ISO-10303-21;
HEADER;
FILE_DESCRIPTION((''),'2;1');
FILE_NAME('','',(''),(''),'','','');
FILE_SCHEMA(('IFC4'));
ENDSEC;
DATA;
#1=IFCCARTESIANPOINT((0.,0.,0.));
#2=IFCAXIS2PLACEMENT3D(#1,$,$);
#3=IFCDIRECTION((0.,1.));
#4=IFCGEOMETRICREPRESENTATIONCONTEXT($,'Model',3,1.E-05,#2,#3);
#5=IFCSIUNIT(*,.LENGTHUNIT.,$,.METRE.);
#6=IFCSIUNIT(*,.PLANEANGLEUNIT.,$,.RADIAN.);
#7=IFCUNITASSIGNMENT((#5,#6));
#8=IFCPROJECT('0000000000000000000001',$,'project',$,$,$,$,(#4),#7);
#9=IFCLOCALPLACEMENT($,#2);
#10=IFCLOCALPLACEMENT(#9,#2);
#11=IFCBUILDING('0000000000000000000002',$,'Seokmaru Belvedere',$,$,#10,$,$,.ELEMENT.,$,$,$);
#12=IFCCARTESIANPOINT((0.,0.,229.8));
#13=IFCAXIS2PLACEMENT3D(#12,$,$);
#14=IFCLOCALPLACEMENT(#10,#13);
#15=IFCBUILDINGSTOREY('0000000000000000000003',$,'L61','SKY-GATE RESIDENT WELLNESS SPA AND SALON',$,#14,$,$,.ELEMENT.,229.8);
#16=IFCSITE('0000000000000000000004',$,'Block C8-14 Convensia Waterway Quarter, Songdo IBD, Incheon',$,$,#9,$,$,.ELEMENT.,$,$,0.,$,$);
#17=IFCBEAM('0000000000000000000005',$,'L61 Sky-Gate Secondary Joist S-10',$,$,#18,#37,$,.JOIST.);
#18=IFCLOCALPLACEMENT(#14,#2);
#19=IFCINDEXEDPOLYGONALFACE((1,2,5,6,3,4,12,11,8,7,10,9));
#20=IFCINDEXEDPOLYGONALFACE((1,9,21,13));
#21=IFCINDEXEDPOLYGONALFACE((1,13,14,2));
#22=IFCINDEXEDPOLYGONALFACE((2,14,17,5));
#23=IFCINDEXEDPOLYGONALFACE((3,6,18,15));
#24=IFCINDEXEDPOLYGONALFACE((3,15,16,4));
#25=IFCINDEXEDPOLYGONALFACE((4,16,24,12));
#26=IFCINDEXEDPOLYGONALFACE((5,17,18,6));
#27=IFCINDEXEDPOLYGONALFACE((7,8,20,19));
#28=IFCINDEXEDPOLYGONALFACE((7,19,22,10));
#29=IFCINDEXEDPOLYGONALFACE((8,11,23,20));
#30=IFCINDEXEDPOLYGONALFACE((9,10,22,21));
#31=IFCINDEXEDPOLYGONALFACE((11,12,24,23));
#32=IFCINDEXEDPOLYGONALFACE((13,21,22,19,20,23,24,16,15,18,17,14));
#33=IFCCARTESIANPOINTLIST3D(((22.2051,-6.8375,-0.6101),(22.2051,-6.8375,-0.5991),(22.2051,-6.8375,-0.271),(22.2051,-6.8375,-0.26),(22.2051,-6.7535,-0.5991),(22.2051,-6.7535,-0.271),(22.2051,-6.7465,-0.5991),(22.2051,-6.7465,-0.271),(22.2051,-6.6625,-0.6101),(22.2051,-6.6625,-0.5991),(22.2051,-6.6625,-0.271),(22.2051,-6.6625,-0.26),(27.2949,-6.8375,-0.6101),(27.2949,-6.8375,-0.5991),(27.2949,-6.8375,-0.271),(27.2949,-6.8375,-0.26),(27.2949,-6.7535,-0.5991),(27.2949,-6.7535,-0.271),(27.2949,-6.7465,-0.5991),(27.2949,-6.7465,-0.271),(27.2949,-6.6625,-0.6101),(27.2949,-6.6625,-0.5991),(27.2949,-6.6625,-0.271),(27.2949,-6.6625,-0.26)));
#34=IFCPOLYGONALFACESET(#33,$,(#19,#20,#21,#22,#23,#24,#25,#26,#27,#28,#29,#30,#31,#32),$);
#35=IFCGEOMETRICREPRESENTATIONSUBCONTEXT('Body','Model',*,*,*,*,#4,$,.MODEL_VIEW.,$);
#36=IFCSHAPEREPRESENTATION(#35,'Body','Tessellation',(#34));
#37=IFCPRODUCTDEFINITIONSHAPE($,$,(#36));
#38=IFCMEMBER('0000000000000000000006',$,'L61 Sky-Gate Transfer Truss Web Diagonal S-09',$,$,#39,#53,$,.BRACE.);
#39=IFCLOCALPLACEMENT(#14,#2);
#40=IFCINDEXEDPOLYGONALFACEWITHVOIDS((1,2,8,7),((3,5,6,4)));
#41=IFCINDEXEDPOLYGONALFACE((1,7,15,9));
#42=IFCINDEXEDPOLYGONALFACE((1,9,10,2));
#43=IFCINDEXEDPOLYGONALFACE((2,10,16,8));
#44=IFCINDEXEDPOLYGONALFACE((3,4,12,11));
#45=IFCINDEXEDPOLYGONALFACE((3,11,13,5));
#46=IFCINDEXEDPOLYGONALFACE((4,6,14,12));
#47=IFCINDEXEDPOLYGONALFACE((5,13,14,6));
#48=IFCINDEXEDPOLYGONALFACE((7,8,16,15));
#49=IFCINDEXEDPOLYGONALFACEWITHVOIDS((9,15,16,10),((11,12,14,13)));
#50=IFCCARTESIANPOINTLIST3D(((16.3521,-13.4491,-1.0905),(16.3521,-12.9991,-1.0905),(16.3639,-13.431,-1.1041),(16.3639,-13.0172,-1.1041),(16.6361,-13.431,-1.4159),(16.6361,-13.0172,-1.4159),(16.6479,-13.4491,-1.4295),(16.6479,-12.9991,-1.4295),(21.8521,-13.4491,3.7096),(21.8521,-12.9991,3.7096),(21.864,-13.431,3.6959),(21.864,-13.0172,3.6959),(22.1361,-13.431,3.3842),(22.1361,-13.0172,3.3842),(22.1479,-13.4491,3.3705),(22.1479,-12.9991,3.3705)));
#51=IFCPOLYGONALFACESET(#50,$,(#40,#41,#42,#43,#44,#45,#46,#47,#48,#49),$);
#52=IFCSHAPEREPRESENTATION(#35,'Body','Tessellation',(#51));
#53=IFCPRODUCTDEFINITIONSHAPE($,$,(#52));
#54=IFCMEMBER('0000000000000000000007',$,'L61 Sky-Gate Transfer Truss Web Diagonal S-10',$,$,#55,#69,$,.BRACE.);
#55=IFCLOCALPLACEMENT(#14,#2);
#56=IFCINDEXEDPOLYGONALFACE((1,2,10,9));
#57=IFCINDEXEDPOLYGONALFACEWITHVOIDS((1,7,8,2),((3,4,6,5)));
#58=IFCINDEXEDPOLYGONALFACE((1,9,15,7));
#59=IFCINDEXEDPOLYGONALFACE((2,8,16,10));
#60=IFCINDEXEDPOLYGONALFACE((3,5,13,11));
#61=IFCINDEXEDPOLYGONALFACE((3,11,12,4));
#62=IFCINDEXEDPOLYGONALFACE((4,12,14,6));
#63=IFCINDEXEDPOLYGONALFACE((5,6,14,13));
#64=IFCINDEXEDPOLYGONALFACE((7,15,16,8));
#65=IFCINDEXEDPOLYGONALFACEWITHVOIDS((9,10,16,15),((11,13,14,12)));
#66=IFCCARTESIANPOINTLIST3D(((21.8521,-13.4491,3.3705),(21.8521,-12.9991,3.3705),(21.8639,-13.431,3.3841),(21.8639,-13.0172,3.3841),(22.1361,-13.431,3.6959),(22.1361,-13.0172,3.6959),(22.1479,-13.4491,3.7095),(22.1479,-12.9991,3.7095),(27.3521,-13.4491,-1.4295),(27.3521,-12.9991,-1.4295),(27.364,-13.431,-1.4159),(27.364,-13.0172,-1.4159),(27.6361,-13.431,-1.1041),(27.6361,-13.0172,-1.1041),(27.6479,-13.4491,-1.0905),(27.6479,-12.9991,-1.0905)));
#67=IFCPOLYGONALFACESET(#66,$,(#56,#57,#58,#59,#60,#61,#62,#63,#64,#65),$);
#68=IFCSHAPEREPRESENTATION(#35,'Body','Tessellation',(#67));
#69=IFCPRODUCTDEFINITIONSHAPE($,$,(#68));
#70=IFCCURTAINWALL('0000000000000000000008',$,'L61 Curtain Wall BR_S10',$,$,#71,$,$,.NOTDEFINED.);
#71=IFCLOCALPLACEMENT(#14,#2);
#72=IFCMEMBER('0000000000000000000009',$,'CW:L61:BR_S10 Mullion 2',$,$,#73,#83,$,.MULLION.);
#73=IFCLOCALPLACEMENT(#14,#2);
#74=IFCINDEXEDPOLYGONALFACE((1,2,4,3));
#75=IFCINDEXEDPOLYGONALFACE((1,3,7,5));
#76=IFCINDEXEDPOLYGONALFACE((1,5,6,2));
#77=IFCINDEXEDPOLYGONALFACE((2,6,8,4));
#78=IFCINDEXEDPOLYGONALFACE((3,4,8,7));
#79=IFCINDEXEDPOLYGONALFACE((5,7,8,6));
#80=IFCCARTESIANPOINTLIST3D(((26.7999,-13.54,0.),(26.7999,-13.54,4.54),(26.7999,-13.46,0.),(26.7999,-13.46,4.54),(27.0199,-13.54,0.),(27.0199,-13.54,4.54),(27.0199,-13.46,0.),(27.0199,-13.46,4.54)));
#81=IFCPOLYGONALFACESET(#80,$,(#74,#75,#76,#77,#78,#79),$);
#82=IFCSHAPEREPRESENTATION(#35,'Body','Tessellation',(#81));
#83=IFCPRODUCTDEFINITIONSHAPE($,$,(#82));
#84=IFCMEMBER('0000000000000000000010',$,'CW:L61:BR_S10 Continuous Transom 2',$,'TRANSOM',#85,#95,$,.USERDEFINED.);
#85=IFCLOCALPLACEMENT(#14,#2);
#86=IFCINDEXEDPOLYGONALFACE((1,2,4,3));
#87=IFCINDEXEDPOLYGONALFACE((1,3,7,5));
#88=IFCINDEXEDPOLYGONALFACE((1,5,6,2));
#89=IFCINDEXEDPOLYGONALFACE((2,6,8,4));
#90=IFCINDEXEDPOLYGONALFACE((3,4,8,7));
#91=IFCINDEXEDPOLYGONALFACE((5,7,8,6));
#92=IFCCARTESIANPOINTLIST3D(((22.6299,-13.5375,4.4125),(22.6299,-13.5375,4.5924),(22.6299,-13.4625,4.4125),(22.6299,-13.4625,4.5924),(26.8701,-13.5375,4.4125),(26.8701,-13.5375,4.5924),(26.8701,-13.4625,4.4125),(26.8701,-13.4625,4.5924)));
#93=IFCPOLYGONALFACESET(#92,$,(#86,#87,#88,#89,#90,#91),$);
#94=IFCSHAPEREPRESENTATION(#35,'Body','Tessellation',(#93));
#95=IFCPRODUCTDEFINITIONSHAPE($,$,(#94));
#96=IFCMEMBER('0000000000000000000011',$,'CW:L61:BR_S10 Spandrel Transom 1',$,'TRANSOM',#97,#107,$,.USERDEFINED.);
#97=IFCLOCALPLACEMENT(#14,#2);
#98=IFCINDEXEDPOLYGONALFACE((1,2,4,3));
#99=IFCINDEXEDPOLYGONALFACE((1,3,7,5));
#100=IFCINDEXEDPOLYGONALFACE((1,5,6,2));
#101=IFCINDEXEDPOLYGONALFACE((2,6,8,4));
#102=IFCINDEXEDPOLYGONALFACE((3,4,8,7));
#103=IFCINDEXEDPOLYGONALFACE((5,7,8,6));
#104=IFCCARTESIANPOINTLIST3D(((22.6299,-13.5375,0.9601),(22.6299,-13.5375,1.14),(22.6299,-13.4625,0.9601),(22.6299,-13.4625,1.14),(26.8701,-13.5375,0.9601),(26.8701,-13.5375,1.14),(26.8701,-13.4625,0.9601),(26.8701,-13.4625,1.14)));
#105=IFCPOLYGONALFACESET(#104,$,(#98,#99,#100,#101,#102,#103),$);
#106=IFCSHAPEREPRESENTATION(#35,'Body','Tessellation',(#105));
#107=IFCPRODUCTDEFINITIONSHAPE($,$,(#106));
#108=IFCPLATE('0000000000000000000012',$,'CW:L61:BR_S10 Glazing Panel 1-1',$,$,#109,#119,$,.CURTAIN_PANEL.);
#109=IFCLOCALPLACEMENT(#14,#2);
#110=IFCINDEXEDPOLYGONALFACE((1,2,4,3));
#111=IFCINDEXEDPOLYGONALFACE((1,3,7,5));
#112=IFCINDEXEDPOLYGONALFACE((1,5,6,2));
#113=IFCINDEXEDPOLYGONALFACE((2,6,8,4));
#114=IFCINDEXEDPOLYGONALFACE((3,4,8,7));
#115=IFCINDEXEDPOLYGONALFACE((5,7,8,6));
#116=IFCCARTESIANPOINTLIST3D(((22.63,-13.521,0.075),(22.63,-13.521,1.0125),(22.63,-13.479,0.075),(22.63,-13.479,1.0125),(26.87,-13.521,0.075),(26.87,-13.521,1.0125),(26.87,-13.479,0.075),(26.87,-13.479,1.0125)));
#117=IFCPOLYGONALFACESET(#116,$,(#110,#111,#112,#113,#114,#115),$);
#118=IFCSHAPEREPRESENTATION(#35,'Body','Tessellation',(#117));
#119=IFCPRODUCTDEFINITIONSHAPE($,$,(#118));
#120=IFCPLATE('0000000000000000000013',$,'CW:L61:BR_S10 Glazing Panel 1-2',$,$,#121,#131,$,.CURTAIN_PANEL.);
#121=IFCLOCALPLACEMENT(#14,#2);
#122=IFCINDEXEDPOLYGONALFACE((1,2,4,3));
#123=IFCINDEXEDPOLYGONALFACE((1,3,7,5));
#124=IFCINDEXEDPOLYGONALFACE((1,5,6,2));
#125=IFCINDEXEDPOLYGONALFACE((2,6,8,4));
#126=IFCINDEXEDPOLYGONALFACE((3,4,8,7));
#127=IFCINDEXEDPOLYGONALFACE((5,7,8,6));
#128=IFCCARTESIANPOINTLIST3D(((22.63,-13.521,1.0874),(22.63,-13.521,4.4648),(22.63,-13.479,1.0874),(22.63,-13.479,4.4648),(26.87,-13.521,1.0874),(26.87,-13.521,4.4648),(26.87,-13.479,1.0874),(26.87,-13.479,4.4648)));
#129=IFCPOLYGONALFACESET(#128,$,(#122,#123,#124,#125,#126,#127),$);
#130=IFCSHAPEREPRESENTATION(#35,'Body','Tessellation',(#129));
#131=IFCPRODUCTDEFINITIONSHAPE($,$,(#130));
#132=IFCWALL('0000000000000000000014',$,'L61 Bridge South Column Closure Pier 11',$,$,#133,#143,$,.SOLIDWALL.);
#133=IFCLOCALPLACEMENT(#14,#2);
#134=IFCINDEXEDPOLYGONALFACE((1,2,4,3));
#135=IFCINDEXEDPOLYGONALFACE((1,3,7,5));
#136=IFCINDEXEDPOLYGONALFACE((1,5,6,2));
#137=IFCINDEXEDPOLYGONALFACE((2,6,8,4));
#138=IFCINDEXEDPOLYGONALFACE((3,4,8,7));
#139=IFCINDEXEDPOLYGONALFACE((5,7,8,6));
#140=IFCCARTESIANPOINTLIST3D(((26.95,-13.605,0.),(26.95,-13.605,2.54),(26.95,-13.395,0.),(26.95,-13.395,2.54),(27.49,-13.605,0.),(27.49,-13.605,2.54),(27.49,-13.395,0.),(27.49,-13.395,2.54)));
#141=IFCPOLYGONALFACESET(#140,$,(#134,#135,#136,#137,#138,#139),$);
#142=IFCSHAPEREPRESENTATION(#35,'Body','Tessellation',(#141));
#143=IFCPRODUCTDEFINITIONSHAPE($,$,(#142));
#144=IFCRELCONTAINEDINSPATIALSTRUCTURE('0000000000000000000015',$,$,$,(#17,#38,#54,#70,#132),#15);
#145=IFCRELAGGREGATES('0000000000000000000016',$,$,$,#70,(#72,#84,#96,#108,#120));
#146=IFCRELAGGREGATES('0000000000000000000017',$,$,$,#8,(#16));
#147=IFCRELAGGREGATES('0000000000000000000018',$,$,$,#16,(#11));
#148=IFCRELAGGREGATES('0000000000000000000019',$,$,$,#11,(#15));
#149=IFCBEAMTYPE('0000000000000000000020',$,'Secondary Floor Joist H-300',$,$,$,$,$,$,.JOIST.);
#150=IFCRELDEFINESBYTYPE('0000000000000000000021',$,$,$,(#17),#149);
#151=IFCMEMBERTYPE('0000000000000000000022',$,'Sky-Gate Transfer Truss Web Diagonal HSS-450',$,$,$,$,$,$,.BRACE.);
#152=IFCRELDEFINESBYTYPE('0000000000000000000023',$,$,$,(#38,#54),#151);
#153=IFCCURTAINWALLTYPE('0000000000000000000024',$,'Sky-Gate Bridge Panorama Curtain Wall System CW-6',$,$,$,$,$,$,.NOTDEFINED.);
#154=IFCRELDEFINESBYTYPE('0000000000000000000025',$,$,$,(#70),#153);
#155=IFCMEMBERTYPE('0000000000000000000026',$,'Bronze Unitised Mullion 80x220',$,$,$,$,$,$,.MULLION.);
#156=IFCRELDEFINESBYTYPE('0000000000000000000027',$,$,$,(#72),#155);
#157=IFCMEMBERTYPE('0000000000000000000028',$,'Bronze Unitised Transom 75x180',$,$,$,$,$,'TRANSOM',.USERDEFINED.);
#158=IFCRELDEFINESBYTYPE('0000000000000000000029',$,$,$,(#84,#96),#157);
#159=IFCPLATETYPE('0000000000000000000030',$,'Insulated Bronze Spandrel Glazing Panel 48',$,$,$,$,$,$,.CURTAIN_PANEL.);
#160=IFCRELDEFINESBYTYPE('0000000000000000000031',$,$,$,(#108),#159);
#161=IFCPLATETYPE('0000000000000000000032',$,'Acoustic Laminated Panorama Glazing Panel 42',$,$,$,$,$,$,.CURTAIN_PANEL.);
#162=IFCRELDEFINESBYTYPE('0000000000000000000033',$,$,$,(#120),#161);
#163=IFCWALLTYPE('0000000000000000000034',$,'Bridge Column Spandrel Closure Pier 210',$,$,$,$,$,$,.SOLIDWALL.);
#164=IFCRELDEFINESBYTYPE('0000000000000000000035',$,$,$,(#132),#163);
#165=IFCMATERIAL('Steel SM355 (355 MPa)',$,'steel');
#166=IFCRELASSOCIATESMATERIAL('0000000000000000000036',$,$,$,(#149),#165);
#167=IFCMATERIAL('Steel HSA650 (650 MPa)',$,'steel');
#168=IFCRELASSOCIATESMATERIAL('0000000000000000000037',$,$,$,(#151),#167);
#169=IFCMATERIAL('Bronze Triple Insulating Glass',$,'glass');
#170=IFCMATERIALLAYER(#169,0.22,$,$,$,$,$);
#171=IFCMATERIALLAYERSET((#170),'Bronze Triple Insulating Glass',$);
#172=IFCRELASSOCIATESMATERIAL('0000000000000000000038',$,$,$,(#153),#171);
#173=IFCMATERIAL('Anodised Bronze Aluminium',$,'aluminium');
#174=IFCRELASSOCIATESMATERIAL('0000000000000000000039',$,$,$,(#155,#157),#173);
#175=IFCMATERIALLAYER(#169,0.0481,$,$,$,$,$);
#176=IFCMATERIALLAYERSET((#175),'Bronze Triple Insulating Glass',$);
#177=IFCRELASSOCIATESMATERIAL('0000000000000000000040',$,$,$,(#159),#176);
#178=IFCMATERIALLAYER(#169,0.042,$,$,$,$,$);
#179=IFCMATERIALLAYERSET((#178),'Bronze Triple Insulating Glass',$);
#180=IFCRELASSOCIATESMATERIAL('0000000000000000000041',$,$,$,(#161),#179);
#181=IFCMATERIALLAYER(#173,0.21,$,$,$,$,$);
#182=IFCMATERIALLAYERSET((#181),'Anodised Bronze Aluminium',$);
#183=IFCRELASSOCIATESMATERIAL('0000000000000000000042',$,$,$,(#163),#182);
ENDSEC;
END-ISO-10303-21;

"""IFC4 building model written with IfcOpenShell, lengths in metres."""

from ifc_helpers import new_model, si_unit, direction, frame, frame_2d, origin, origin_2d, place, context, subcontext, project, spatial, rectangle, hollow_rectangle, i_section, extrude, source, transform, mapped, material, layer, layer_set, material_profile, profile_set, type_object, type_shapes, element, aggregate, save


model = new_model("IFC4")

# Units and contexts
model_context = context("Model", 3, precision=1e-05, world=origin(), true_north=direction((0.0, 1.0)))
body_context = subcontext(model_context, "Body", "Model", "MODEL_VIEW")
ifc_project = project(units=[si_unit("LENGTHUNIT", "METRE"), si_unit("PLANEANGLEUNIT", "RADIAN")], contexts=[model_context])

# Site, building, storey
site_placement = place(None, origin())
site = spatial("IfcSite", under=ifc_project, at=site_placement, Name="Block C8-14 Convensia Waterway Quarter, Songdo IBD, Incheon", CompositionType="ELEMENT", RefElevation=0.0)
building_placement = place(site_placement, origin())
building = spatial("IfcBuilding", under=site, at=building_placement, Name="Seokmaru Belvedere", CompositionType="ELEMENT")
storey_placement = place(building_placement, frame((0.0, 0.0, 229.8)))
storey = spatial("IfcBuildingStorey", under=building, at=storey_placement, Name="L61", Description="SKY-GATE RESIDENT WELLNESS SPA AND SALON", CompositionType="ELEMENT", Elevation=229.8)

# Shared definitions
ifc_material_1 = material(Name="Steel SM355 (355 MPa)", Category="steel")

# Beam
ifc_material_2 = material(Name="Steel HSA650 (650 MPa)", Category="steel")
ifc_material_profile_1 = material_profile(ifc_material_1, i_section(OverallWidth=0.175, OverallDepth=0.3501, WebThickness=0.0071, FlangeThickness=0.011, at=origin_2d()), Name="H-350x175x7x11")
ifc_profile_set_1 = profile_set([ifc_material_profile_1], Name="Steel SM355 (355 MPa)")
beam_type_1 = type_object("IfcBeamType", Name="Secondary Floor Joist H-300", PredefinedType="JOIST", material=ifc_profile_set_1)
shared_shape_1 = source(origin(), body_context, "Body", "SweptSolid", [
    extrude(i_section(OverallWidth=0.175, OverallDepth=0.3501, WebThickness=0.0071, FlangeThickness=0.011, at=origin_2d()), origin(), (0.0, 0.0, 1.0), 5.0898),
])
type_shapes(beam_type_1, [shared_shape_1])
for number, where, z_axis, x_axis, name in (
    (1, (22.2051, -6.75, -0.4351), (1.0, 0.0, 0.0), (0.0, 1.0, 0.0), "L61 Sky-Gate Secondary Joist S-10"),
):
    element("IfcBeam", number, at=place(storey_placement, frame(where, z_axis=z_axis, x_axis=x_axis)), inside=storey, type_object=beam_type_1, Name=name, PredefinedType="JOIST", context=body_context, shape_type="MappedRepresentation", body=[
        mapped(shared_shape_1, transform((0.0, 0.0, 0.0), scale=1.0)),
    ])

# Members
ifc_material_profile_2 = material_profile(ifc_material_2, hollow_rectangle(XDim=0.45, YDim=0.45, WallThickness=0.0181, at=origin_2d()), Name="HSS-450x450x18")
ifc_profile_set_2 = profile_set([ifc_material_profile_2], Name="Steel HSA650 (650 MPa)")
member_type_1 = type_object("IfcMemberType", Name="Sky-Gate Transfer Truss Web Diagonal HSS-450", PredefinedType="BRACE", material=ifc_profile_set_2)
shared_shape_2 = source(origin(), body_context, "Body", "SweptSolid", [
    extrude(hollow_rectangle(XDim=0.45, YDim=0.45, WallThickness=0.0181, at=origin_2d()), origin(), (0.0, 0.0, 1.0), 7.3),
])
type_shapes(member_type_1, [shared_shape_2])
for number, where, z_axis, x_axis, name in (
    (2, (16.5, -13.2241, -1.26), (0.753421, 0.0, 0.657538), (0.0, 1.0, 0.0), "L61 Sky-Gate Transfer Truss Web Diagonal S-09"),
    (3, (22.0, -13.2241, 3.54), (0.753421, 0.0, -0.657538), (0.0, 1.0, 0.0), "L61 Sky-Gate Transfer Truss Web Diagonal S-10"),
):
    element("IfcMember", number, at=place(storey_placement, frame(where, z_axis=z_axis, x_axis=x_axis)), inside=storey, type_object=member_type_1, Name=name, PredefinedType="BRACE", context=body_context, shape_type="MappedRepresentation", body=[
        mapped(shared_shape_2, transform((0.0, 0.0, 0.0), scale=1.0)),
    ])

# Curtain wall, members, plates
ifc_material_3 = material(Name="Bronze Triple Insulating Glass", Category="glass")
ifc_layer_1 = layer(ifc_material_3, 0.22)
ifc_layer_set_1 = layer_set([ifc_layer_1], Name="Bronze Triple Insulating Glass")
curtain_wall_type = type_object("IfcCurtainWallType", Name="Sky-Gate Bridge Panorama Curtain Wall System CW-6", PredefinedType="NOTDEFINED", material=ifc_layer_set_1)
curtain_wall_placement = place(storey_placement, origin())
curtain_wall = element("IfcCurtainWall", 4, at=curtain_wall_placement, inside=storey, type_object=curtain_wall_type, Name="L61 Curtain Wall BR_S10", PredefinedType="NOTDEFINED")
ifc_material_4 = material(Name="Anodised Bronze Aluminium", Category="aluminium")
ifc_material_profile_3 = material_profile(ifc_material_4, rectangle(XDim=0.0801, YDim=0.22, at=origin_2d()), Name="CW-M-80x220")
ifc_profile_set_3 = profile_set([ifc_material_profile_3], Name="Anodised Bronze Aluminium")
member_type_2 = type_object("IfcMemberType", Name="Bronze Unitised Mullion 80x220", PredefinedType="MULLION", material=ifc_profile_set_3)
shared_shape_3 = source(origin(), body_context, "Body", "SweptSolid", [
    extrude(rectangle(XDim=0.0801, YDim=0.22, at=origin_2d()), origin(), (0.0, 0.0, 1.0), 4.54),
])
type_shapes(member_type_2, [shared_shape_3])
member_1_placement = place(storey_placement, frame((26.9099, -13.5, 0.0), z_axis=(0.0, 0.0, 1.0), x_axis=(0.0, 1.0, 0.0)))
member_1 = element("IfcMember", 5, at=member_1_placement, type_object=member_type_2, Name="CW:L61:BR_S10 Mullion 2", PredefinedType="MULLION", context=body_context, shape_type="MappedRepresentation", body=[
    mapped(shared_shape_3, transform((0.0, 0.0, 0.0), scale=1.0)),
])
ifc_material_profile_4 = material_profile(ifc_material_4, rectangle(XDim=0.075, YDim=0.1799, at=origin_2d()), Name="CW-T-75x180")
ifc_profile_set_4 = profile_set([ifc_material_profile_4], Name="Anodised Bronze Aluminium")
member_type_3 = type_object("IfcMemberType", Name="Bronze Unitised Transom 75x180", ElementType="TRANSOM", PredefinedType="USERDEFINED", material=ifc_profile_set_4)
shared_shape_4 = source(origin(), body_context, "Body", "SweptSolid", [
    extrude(rectangle(XDim=0.075, YDim=0.1799, at=origin_2d()), origin(), (0.0, 0.0, 1.0), 4.2402),
])
type_shapes(member_type_3, [shared_shape_4])
member_2_placement = place(storey_placement, frame((22.6299, -13.5, 4.5024), z_axis=(1.0, 0.0, 0.0), x_axis=(0.0, 1.0, 0.0)))
member_2 = element("IfcMember", 6, at=member_2_placement, type_object=member_type_3, Name="CW:L61:BR_S10 Continuous Transom 2", ObjectType="TRANSOM", PredefinedType="USERDEFINED", context=body_context, shape_type="MappedRepresentation", body=[
    mapped(shared_shape_4, transform((0.0, 0.0, 0.0), scale=1.0)),
])
member_3_placement = place(storey_placement, frame((22.6299, -13.5, 1.05), z_axis=(1.0, 0.0, 0.0), x_axis=(0.0, 1.0, 0.0)))
member_3 = element("IfcMember", 7, at=member_3_placement, type_object=member_type_3, Name="CW:L61:BR_S10 Spandrel Transom 1", ObjectType="TRANSOM", PredefinedType="USERDEFINED", context=body_context, shape_type="MappedRepresentation", body=[
    mapped(shared_shape_4, transform((0.0, 0.0, 0.0), scale=1.0)),
])
ifc_layer_2 = layer(ifc_material_3, 0.0481)
ifc_layer_set_2 = layer_set([ifc_layer_2], Name="Bronze Triple Insulating Glass")
plate_type_1 = type_object("IfcPlateType", Name="Insulated Bronze Spandrel Glazing Panel 48", PredefinedType="CURTAIN_PANEL", material=ifc_layer_set_2)
shared_shape_5 = source(origin(), body_context, "Body", "SweptSolid", [
    extrude(rectangle(XDim=4.24, YDim=0.042, at=origin_2d()), origin(), (0.0, 0.0, 1.0), 0.9375),
])
type_shapes(plate_type_1, [shared_shape_5])
plate_1_placement = place(storey_placement, frame((24.75, -13.5, 0.075), z_axis=(0.0, 0.0, 1.0), x_axis=(1.0, 0.0, 0.0)))
plate_1 = element("IfcPlate", 8, at=plate_1_placement, type_object=plate_type_1, Name="CW:L61:BR_S10 Glazing Panel 1-1", PredefinedType="CURTAIN_PANEL", context=body_context, shape_type="MappedRepresentation", body=[
    mapped(shared_shape_5, transform((0.0, 0.0, 0.0), scale=1.0)),
])
ifc_layer_3 = layer(ifc_material_3, 0.042)
ifc_layer_set_3 = layer_set([ifc_layer_3], Name="Bronze Triple Insulating Glass")
plate_type_2 = type_object("IfcPlateType", Name="Acoustic Laminated Panorama Glazing Panel 42", PredefinedType="CURTAIN_PANEL", material=ifc_layer_set_3)
shared_shape_6 = source(origin(), body_context, "Body", "SweptSolid", [
    extrude(rectangle(XDim=4.24, YDim=0.042, at=origin_2d()), origin(), (0.0, 0.0, 1.0), 3.3774),
])
type_shapes(plate_type_2, [shared_shape_6])
plate_2_placement = place(storey_placement, frame((24.75, -13.5, 1.0874), z_axis=(0.0, 0.0, 1.0), x_axis=(1.0, 0.0, 0.0)))
plate_2 = element("IfcPlate", 9, at=plate_2_placement, type_object=plate_type_2, Name="CW:L61:BR_S10 Glazing Panel 1-2", PredefinedType="CURTAIN_PANEL", context=body_context, shape_type="MappedRepresentation", body=[
    mapped(shared_shape_6, transform((0.0, 0.0, 0.0), scale=1.0)),
])
aggregate(curtain_wall, [member_1, member_2, member_3, plate_1, plate_2])

# Wall
ifc_layer_4 = layer(ifc_material_4, 0.21)
ifc_layer_set_4 = layer_set([ifc_layer_4], Name="Anodised Bronze Aluminium")
wall_type_1 = type_object("IfcWallType", Name="Bridge Column Spandrel Closure Pier 210", PredefinedType="SOLIDWALL", material=ifc_layer_set_4)
wall_1_placement = place(storey_placement, frame((26.95, -13.5, 0.0), z_axis=(0.0, 0.0, 1.0), x_axis=(1.0, 0.0, 0.0)))
element("IfcWall", 10, at=wall_1_placement, inside=storey, type_object=wall_type_1, Name="L61 Bridge South Column Closure Pier 11", PredefinedType="SOLIDWALL", context=body_context, shape_type="SweptSolid", body=[
    extrude(rectangle(XDim=0.54, YDim=0.21, at=frame_2d((0.27, 0.0))), origin(), (0.0, 0.0, 1.0), 2.54),
])

save(model, "model.ifc")
